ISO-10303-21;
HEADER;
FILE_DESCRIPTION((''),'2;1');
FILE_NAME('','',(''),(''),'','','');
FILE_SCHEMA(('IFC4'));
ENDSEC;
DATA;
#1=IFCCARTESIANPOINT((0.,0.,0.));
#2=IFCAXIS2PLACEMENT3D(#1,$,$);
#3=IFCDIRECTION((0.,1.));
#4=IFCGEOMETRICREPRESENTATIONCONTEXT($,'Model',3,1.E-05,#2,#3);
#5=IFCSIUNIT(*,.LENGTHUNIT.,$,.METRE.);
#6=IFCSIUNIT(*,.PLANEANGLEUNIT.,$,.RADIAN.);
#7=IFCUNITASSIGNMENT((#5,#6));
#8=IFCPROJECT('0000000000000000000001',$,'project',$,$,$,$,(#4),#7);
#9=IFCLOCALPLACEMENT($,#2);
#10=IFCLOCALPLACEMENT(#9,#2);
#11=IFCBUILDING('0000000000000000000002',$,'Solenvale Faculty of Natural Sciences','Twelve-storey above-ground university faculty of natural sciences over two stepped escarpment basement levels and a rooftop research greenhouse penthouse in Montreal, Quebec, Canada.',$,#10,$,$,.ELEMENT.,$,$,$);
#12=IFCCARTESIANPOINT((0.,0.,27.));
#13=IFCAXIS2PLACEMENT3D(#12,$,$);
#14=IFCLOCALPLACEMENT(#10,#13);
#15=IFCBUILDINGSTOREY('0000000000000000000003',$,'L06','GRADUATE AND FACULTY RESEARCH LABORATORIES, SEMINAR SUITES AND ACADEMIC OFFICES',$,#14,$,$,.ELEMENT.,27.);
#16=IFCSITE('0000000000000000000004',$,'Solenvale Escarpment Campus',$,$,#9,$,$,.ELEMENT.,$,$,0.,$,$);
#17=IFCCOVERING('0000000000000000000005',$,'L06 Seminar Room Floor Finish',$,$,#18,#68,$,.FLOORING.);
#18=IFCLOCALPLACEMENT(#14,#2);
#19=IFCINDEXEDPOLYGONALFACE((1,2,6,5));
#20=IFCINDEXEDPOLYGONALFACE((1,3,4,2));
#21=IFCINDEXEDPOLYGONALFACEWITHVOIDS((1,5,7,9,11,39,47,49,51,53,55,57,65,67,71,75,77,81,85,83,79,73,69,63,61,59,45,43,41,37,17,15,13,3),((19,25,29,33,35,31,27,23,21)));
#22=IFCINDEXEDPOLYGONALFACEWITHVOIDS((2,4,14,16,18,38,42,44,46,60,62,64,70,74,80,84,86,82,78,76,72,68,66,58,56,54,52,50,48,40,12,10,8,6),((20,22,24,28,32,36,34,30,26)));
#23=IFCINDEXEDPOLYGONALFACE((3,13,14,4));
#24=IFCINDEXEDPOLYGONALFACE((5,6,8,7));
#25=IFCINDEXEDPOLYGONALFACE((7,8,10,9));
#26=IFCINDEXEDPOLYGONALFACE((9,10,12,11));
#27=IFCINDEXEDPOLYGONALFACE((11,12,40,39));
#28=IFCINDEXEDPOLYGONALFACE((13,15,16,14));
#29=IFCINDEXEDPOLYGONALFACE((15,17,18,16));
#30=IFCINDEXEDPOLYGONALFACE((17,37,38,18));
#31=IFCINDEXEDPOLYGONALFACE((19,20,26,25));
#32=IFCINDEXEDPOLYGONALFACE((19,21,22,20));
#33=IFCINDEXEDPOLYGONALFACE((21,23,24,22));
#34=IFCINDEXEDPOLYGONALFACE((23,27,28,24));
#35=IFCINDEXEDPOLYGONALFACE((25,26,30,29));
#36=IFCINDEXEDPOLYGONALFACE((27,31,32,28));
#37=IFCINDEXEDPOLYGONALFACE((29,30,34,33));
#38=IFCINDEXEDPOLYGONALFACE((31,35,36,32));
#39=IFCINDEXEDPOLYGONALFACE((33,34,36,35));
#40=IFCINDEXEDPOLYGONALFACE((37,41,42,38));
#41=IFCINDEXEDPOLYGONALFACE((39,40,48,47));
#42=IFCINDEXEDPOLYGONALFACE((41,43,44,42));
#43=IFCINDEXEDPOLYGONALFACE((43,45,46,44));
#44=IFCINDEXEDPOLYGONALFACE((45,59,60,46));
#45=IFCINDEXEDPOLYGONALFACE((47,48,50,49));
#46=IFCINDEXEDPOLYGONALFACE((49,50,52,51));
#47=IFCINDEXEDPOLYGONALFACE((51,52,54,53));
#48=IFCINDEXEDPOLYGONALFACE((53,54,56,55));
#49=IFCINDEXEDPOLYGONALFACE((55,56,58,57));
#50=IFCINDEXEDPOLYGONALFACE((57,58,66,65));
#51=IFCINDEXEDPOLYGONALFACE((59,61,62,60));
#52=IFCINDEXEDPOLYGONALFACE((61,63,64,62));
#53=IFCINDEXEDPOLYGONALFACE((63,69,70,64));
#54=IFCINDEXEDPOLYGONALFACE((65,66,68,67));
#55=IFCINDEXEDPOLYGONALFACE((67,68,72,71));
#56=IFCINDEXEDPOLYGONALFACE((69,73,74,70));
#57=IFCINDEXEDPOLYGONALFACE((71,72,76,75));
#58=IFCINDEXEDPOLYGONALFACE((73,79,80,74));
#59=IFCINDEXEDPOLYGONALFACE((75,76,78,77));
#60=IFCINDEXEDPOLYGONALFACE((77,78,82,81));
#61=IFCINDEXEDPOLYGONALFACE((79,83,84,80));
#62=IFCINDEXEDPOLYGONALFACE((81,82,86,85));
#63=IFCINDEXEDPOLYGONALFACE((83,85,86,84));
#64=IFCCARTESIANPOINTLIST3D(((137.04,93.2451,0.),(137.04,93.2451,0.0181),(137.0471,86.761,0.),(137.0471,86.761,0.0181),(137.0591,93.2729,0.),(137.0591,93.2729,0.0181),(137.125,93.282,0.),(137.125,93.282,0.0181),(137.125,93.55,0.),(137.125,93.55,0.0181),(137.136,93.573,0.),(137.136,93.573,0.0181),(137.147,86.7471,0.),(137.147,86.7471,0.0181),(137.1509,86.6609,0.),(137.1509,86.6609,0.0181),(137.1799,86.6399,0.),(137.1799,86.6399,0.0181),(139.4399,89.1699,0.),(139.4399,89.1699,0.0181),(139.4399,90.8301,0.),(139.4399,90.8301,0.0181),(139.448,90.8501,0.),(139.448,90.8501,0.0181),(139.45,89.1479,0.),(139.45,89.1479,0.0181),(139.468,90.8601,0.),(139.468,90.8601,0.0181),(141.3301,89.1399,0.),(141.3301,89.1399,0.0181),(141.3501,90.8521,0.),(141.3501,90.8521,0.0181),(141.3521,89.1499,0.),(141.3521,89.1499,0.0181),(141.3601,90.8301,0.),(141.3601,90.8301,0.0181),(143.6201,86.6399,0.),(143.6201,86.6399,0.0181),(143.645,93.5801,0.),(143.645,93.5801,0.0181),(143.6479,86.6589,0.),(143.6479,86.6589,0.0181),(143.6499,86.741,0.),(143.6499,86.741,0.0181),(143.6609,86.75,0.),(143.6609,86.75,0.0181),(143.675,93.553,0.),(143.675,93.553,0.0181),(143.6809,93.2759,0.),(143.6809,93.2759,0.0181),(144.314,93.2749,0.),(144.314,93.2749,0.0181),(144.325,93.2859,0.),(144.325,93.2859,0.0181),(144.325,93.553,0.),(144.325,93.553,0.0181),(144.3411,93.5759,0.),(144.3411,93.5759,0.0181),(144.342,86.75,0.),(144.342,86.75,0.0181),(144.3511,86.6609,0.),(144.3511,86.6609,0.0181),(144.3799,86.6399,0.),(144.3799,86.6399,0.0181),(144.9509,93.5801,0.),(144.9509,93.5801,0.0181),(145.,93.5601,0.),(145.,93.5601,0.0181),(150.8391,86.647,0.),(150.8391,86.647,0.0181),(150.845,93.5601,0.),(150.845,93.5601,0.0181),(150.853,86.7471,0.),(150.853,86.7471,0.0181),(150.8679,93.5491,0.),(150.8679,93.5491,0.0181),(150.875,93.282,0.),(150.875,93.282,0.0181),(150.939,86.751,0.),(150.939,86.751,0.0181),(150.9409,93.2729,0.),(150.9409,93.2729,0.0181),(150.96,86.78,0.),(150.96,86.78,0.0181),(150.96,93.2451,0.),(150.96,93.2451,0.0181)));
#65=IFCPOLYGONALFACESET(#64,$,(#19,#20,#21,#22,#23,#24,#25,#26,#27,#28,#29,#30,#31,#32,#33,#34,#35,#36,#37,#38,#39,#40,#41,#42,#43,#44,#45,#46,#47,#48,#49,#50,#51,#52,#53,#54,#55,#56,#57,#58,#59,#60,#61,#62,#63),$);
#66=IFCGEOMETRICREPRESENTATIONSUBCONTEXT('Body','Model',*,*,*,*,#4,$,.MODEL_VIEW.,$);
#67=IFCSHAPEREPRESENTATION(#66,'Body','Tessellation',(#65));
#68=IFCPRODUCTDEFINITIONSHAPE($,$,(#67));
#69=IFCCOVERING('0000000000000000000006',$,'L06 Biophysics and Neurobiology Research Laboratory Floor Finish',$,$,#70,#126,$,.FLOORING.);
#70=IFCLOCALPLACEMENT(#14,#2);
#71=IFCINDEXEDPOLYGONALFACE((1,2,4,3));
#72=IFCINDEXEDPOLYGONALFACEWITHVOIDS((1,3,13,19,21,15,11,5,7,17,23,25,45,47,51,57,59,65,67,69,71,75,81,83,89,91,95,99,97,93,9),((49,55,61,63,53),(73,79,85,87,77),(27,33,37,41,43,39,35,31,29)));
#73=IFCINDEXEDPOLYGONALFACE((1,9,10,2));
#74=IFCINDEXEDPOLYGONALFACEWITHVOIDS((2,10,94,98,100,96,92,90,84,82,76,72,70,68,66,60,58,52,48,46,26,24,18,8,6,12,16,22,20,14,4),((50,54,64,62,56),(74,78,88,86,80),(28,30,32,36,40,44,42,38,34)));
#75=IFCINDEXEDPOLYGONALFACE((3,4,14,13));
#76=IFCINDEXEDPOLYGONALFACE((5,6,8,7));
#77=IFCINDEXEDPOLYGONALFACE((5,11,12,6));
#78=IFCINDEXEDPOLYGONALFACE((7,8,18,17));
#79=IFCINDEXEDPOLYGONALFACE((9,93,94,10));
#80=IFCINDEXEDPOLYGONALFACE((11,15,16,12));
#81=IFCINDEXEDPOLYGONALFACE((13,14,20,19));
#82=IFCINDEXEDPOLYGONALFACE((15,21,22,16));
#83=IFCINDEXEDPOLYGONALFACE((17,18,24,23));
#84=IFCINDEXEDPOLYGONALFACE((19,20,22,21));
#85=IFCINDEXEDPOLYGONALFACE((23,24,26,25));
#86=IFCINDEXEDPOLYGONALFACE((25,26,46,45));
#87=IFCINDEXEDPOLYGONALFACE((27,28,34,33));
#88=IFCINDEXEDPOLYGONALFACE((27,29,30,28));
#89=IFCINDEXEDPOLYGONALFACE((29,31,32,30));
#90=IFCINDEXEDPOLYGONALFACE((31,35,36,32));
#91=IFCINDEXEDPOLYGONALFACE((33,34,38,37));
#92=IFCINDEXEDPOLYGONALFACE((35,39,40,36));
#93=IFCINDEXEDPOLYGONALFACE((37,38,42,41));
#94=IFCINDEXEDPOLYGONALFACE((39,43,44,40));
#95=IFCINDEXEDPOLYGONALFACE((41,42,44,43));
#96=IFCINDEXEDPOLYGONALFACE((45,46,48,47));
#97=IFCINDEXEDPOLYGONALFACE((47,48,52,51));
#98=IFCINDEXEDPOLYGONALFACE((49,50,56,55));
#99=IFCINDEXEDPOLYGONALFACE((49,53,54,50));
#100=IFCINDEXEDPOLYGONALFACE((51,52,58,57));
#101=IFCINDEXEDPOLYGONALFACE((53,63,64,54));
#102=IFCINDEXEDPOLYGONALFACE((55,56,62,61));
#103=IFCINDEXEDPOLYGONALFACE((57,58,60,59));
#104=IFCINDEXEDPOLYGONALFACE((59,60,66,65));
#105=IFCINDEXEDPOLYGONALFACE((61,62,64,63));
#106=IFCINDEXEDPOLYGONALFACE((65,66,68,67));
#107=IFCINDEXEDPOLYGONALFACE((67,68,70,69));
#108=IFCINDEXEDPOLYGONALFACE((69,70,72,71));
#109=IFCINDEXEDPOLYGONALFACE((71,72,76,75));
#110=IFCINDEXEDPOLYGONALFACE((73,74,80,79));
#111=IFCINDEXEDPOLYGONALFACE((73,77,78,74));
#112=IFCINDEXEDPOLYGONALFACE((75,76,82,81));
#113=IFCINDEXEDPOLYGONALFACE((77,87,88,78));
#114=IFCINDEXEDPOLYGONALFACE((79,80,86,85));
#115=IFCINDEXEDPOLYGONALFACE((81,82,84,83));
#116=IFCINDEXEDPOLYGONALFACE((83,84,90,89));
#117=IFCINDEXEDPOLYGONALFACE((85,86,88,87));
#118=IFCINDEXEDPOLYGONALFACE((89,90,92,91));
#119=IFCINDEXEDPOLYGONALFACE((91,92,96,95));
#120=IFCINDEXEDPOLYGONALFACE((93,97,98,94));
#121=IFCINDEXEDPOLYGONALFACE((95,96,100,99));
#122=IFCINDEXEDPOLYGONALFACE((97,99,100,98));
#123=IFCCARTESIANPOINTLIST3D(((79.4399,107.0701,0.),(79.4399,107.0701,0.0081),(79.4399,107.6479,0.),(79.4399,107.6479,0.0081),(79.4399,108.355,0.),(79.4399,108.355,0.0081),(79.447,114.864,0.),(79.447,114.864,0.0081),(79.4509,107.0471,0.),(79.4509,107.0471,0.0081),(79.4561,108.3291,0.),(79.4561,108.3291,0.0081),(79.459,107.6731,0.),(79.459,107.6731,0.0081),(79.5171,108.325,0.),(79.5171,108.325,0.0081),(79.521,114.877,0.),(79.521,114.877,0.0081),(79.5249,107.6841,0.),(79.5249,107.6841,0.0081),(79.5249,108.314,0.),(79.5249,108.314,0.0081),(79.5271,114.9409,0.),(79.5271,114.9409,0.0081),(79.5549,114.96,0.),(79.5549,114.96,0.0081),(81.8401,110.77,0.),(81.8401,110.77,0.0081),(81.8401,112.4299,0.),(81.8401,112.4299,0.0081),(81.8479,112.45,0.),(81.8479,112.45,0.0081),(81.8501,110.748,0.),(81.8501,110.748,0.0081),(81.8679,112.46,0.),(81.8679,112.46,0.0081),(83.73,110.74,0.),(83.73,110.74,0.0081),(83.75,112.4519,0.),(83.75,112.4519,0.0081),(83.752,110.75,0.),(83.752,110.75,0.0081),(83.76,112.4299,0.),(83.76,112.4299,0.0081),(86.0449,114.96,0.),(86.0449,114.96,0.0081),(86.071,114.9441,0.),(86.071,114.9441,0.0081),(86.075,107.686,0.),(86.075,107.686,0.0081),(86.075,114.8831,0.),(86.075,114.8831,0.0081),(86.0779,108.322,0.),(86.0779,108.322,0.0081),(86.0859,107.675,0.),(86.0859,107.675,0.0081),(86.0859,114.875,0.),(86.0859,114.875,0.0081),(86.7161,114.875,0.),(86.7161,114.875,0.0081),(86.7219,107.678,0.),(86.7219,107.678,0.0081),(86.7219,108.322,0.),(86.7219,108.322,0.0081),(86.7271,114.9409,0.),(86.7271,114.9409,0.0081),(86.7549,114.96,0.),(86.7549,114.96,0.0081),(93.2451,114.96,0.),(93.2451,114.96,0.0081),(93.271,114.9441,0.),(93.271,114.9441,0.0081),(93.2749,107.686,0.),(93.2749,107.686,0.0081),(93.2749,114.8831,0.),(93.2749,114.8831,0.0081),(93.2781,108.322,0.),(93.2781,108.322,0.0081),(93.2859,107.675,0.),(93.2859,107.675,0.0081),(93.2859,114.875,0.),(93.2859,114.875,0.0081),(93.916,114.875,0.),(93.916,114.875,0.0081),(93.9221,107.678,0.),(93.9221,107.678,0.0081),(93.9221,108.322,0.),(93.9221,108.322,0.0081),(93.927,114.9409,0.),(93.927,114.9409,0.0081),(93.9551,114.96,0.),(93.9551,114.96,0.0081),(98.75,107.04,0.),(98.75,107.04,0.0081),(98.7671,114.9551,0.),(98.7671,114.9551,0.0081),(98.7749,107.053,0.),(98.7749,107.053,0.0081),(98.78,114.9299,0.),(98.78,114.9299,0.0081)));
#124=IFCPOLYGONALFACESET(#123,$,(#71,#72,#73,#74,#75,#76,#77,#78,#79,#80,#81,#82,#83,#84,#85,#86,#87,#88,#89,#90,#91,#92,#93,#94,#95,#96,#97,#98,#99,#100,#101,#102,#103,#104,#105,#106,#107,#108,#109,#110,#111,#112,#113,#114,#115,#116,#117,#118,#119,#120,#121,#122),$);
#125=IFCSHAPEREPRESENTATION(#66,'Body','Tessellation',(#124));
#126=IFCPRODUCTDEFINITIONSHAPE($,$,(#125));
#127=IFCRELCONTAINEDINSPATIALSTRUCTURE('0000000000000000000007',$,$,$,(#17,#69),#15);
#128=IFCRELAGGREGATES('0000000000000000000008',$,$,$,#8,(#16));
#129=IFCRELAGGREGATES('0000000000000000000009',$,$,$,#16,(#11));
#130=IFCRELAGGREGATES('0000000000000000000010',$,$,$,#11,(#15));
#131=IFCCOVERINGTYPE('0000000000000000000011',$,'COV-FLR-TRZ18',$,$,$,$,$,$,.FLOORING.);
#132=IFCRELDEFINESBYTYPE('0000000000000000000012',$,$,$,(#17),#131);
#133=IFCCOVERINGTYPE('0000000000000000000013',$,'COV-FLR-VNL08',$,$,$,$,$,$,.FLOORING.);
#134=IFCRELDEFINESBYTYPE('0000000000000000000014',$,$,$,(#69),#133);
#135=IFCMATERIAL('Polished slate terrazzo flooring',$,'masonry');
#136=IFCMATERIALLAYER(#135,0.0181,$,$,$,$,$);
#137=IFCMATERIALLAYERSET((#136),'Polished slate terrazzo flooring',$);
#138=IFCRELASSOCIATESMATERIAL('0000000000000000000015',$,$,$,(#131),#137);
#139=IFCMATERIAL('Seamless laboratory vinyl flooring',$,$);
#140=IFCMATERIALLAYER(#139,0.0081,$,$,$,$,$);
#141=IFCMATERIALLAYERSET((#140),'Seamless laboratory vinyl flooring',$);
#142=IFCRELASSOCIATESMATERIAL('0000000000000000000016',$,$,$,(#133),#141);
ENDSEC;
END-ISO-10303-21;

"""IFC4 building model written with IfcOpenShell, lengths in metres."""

from ifc_helpers import new_model, si_unit, direction, frame, origin, place, context, subcontext, project, spatial, polyline, outline, extrude, material, layer, layer_set, type_object, element, save


model = new_model("IFC4")

# Units and contexts
model_context = context("Model", 3, precision=1e-05, world=origin(), true_north=direction((0.0, 1.0)))
body_context = subcontext(model_context, "Body", "Model", "MODEL_VIEW")
ifc_project = project(units=[si_unit("LENGTHUNIT", "METRE"), si_unit("PLANEANGLEUNIT", "RADIAN")], contexts=[model_context])

# Site, building, storey
site_placement = place(None, origin())
site = spatial("IfcSite", under=ifc_project, at=site_placement, Name="Solenvale Escarpment Campus", CompositionType="ELEMENT", RefElevation=0.0)
building_placement = place(site_placement, origin())
building = spatial("IfcBuilding", under=site, at=building_placement, Name="Solenvale Faculty of Natural Sciences", Description="Twelve-storey above-ground university faculty of natural sciences over two stepped escarpment basement levels and a rooftop research greenhouse penthouse in Montreal, Quebec, Canada.", CompositionType="ELEMENT")
storey_placement = place(building_placement, frame((0.0, 0.0, 27.0)))
storey = spatial("IfcBuildingStorey", under=building, at=storey_placement, Name="L06", Description="GRADUATE AND FACULTY RESEARCH LABORATORIES, SEMINAR SUITES AND ACADEMIC OFFICES", CompositionType="ELEMENT", Elevation=27.0)

# Coverings
ifc_material_1 = material(Name="Polished slate terrazzo flooring", Category="masonry")
ifc_layer_1 = layer(ifc_material_1, 0.0181)
ifc_layer_set_1 = layer_set([ifc_layer_1], Name="Polished slate terrazzo flooring")
covering_type_1 = type_object("IfcCoveringType", Name="COV-FLR-TRZ18", PredefinedType="FLOORING", material=ifc_layer_set_1)
covering_1_placement = place(storey_placement, origin())
element("IfcCovering", 1, at=covering_1_placement, inside=storey, type_object=covering_type_1, Name="L06 Seminar Room Floor Finish", PredefinedType="FLOORING", context=body_context, shape_type="SweptSolid", body=[
    extrude(outline(polyline([(144.9509, 93.5801), (145.0, 93.5601), (150.845, 93.5601), (150.8679, 93.5491), (150.875, 93.282), (150.9409, 93.2729), (150.96, 93.2451), (150.96, 86.78), (150.939, 86.751), (150.853, 86.7471), (150.8391, 86.647), (144.3799, 86.6399), (144.3511, 86.6609), (144.342, 86.75), (143.6609, 86.75), (143.6499, 86.741), (143.6479, 86.6589), (143.6201, 86.6399), (137.1799, 86.6399), (137.1509, 86.6609), (137.147, 86.7471), (137.0471, 86.761), (137.04, 93.2451), (137.0591, 93.2729), (137.125, 93.282), (137.125, 93.55), (137.136, 93.573), (143.645, 93.5801), (143.675, 93.553), (143.6809, 93.2759), (144.314, 93.2749), (144.325, 93.2859), (144.325, 93.553), (144.3411, 93.5759), (144.9509, 93.5801)]), holes=[polyline([(139.468, 90.8601), (139.448, 90.8501), (139.4399, 90.8301), (139.4399, 89.1699), (139.45, 89.1479), (141.3301, 89.1399), (141.3521, 89.1499), (141.3601, 90.8301), (141.3501, 90.8521), (139.468, 90.8601)])]), origin(), (0.0, 0.0, 1.0), 0.0181),
])
ifc_material_2 = material(Name="Seamless laboratory vinyl flooring")
ifc_layer_2 = layer(ifc_material_2, 0.0081)
ifc_layer_set_2 = layer_set([ifc_layer_2], Name="Seamless laboratory vinyl flooring")
covering_type_2 = type_object("IfcCoveringType", Name="COV-FLR-VNL08", PredefinedType="FLOORING", material=ifc_layer_set_2)
covering_2_placement = place(storey_placement, origin())
element("IfcCovering", 2, at=covering_2_placement, inside=storey, type_object=covering_type_2, Name="L06 Biophysics and Neurobiology Research Laboratory Floor Finish", PredefinedType="FLOORING", context=body_context, shape_type="SweptSolid", body=[
    extrude(outline(polyline([(86.0449, 114.96), (86.071, 114.9441), (86.075, 114.8831), (86.0859, 114.875), (86.7161, 114.875), (86.7271, 114.9409), (86.7549, 114.96), (93.2451, 114.96), (93.271, 114.9441), (93.2749, 114.8831), (93.2859, 114.875), (93.916, 114.875), (93.927, 114.9409), (93.9551, 114.96), (98.7671, 114.9551), (98.78, 114.9299), (98.7749, 107.053), (98.75, 107.04), (79.4509, 107.0471), (79.4399, 107.0701), (79.4399, 107.6479), (79.459, 107.6731), (79.5249, 107.6841), (79.5249, 108.314), (79.5171, 108.325), (79.4561, 108.3291), (79.4399, 108.355), (79.447, 114.864), (79.521, 114.877), (79.5271, 114.9409), (79.5549, 114.96), (86.0449, 114.96)]), holes=[polyline([(93.2749, 107.686), (93.2859, 107.675), (93.9221, 107.678), (93.9221, 108.322), (93.2781, 108.322), (93.2749, 107.686)]), polyline([(86.075, 107.686), (86.0859, 107.675), (86.7219, 107.678), (86.7219, 108.322), (86.0779, 108.322), (86.075, 107.686)]), polyline([(81.8679, 112.46), (81.8479, 112.45), (81.8401, 112.4299), (81.8401, 110.77), (81.8501, 110.748), (83.73, 110.74), (83.752, 110.75), (83.76, 112.4299), (83.75, 112.4519), (81.8679, 112.46)])]), origin(), (0.0, 0.0, 1.0), 0.0081),
])

save(model, "model.ifc")
